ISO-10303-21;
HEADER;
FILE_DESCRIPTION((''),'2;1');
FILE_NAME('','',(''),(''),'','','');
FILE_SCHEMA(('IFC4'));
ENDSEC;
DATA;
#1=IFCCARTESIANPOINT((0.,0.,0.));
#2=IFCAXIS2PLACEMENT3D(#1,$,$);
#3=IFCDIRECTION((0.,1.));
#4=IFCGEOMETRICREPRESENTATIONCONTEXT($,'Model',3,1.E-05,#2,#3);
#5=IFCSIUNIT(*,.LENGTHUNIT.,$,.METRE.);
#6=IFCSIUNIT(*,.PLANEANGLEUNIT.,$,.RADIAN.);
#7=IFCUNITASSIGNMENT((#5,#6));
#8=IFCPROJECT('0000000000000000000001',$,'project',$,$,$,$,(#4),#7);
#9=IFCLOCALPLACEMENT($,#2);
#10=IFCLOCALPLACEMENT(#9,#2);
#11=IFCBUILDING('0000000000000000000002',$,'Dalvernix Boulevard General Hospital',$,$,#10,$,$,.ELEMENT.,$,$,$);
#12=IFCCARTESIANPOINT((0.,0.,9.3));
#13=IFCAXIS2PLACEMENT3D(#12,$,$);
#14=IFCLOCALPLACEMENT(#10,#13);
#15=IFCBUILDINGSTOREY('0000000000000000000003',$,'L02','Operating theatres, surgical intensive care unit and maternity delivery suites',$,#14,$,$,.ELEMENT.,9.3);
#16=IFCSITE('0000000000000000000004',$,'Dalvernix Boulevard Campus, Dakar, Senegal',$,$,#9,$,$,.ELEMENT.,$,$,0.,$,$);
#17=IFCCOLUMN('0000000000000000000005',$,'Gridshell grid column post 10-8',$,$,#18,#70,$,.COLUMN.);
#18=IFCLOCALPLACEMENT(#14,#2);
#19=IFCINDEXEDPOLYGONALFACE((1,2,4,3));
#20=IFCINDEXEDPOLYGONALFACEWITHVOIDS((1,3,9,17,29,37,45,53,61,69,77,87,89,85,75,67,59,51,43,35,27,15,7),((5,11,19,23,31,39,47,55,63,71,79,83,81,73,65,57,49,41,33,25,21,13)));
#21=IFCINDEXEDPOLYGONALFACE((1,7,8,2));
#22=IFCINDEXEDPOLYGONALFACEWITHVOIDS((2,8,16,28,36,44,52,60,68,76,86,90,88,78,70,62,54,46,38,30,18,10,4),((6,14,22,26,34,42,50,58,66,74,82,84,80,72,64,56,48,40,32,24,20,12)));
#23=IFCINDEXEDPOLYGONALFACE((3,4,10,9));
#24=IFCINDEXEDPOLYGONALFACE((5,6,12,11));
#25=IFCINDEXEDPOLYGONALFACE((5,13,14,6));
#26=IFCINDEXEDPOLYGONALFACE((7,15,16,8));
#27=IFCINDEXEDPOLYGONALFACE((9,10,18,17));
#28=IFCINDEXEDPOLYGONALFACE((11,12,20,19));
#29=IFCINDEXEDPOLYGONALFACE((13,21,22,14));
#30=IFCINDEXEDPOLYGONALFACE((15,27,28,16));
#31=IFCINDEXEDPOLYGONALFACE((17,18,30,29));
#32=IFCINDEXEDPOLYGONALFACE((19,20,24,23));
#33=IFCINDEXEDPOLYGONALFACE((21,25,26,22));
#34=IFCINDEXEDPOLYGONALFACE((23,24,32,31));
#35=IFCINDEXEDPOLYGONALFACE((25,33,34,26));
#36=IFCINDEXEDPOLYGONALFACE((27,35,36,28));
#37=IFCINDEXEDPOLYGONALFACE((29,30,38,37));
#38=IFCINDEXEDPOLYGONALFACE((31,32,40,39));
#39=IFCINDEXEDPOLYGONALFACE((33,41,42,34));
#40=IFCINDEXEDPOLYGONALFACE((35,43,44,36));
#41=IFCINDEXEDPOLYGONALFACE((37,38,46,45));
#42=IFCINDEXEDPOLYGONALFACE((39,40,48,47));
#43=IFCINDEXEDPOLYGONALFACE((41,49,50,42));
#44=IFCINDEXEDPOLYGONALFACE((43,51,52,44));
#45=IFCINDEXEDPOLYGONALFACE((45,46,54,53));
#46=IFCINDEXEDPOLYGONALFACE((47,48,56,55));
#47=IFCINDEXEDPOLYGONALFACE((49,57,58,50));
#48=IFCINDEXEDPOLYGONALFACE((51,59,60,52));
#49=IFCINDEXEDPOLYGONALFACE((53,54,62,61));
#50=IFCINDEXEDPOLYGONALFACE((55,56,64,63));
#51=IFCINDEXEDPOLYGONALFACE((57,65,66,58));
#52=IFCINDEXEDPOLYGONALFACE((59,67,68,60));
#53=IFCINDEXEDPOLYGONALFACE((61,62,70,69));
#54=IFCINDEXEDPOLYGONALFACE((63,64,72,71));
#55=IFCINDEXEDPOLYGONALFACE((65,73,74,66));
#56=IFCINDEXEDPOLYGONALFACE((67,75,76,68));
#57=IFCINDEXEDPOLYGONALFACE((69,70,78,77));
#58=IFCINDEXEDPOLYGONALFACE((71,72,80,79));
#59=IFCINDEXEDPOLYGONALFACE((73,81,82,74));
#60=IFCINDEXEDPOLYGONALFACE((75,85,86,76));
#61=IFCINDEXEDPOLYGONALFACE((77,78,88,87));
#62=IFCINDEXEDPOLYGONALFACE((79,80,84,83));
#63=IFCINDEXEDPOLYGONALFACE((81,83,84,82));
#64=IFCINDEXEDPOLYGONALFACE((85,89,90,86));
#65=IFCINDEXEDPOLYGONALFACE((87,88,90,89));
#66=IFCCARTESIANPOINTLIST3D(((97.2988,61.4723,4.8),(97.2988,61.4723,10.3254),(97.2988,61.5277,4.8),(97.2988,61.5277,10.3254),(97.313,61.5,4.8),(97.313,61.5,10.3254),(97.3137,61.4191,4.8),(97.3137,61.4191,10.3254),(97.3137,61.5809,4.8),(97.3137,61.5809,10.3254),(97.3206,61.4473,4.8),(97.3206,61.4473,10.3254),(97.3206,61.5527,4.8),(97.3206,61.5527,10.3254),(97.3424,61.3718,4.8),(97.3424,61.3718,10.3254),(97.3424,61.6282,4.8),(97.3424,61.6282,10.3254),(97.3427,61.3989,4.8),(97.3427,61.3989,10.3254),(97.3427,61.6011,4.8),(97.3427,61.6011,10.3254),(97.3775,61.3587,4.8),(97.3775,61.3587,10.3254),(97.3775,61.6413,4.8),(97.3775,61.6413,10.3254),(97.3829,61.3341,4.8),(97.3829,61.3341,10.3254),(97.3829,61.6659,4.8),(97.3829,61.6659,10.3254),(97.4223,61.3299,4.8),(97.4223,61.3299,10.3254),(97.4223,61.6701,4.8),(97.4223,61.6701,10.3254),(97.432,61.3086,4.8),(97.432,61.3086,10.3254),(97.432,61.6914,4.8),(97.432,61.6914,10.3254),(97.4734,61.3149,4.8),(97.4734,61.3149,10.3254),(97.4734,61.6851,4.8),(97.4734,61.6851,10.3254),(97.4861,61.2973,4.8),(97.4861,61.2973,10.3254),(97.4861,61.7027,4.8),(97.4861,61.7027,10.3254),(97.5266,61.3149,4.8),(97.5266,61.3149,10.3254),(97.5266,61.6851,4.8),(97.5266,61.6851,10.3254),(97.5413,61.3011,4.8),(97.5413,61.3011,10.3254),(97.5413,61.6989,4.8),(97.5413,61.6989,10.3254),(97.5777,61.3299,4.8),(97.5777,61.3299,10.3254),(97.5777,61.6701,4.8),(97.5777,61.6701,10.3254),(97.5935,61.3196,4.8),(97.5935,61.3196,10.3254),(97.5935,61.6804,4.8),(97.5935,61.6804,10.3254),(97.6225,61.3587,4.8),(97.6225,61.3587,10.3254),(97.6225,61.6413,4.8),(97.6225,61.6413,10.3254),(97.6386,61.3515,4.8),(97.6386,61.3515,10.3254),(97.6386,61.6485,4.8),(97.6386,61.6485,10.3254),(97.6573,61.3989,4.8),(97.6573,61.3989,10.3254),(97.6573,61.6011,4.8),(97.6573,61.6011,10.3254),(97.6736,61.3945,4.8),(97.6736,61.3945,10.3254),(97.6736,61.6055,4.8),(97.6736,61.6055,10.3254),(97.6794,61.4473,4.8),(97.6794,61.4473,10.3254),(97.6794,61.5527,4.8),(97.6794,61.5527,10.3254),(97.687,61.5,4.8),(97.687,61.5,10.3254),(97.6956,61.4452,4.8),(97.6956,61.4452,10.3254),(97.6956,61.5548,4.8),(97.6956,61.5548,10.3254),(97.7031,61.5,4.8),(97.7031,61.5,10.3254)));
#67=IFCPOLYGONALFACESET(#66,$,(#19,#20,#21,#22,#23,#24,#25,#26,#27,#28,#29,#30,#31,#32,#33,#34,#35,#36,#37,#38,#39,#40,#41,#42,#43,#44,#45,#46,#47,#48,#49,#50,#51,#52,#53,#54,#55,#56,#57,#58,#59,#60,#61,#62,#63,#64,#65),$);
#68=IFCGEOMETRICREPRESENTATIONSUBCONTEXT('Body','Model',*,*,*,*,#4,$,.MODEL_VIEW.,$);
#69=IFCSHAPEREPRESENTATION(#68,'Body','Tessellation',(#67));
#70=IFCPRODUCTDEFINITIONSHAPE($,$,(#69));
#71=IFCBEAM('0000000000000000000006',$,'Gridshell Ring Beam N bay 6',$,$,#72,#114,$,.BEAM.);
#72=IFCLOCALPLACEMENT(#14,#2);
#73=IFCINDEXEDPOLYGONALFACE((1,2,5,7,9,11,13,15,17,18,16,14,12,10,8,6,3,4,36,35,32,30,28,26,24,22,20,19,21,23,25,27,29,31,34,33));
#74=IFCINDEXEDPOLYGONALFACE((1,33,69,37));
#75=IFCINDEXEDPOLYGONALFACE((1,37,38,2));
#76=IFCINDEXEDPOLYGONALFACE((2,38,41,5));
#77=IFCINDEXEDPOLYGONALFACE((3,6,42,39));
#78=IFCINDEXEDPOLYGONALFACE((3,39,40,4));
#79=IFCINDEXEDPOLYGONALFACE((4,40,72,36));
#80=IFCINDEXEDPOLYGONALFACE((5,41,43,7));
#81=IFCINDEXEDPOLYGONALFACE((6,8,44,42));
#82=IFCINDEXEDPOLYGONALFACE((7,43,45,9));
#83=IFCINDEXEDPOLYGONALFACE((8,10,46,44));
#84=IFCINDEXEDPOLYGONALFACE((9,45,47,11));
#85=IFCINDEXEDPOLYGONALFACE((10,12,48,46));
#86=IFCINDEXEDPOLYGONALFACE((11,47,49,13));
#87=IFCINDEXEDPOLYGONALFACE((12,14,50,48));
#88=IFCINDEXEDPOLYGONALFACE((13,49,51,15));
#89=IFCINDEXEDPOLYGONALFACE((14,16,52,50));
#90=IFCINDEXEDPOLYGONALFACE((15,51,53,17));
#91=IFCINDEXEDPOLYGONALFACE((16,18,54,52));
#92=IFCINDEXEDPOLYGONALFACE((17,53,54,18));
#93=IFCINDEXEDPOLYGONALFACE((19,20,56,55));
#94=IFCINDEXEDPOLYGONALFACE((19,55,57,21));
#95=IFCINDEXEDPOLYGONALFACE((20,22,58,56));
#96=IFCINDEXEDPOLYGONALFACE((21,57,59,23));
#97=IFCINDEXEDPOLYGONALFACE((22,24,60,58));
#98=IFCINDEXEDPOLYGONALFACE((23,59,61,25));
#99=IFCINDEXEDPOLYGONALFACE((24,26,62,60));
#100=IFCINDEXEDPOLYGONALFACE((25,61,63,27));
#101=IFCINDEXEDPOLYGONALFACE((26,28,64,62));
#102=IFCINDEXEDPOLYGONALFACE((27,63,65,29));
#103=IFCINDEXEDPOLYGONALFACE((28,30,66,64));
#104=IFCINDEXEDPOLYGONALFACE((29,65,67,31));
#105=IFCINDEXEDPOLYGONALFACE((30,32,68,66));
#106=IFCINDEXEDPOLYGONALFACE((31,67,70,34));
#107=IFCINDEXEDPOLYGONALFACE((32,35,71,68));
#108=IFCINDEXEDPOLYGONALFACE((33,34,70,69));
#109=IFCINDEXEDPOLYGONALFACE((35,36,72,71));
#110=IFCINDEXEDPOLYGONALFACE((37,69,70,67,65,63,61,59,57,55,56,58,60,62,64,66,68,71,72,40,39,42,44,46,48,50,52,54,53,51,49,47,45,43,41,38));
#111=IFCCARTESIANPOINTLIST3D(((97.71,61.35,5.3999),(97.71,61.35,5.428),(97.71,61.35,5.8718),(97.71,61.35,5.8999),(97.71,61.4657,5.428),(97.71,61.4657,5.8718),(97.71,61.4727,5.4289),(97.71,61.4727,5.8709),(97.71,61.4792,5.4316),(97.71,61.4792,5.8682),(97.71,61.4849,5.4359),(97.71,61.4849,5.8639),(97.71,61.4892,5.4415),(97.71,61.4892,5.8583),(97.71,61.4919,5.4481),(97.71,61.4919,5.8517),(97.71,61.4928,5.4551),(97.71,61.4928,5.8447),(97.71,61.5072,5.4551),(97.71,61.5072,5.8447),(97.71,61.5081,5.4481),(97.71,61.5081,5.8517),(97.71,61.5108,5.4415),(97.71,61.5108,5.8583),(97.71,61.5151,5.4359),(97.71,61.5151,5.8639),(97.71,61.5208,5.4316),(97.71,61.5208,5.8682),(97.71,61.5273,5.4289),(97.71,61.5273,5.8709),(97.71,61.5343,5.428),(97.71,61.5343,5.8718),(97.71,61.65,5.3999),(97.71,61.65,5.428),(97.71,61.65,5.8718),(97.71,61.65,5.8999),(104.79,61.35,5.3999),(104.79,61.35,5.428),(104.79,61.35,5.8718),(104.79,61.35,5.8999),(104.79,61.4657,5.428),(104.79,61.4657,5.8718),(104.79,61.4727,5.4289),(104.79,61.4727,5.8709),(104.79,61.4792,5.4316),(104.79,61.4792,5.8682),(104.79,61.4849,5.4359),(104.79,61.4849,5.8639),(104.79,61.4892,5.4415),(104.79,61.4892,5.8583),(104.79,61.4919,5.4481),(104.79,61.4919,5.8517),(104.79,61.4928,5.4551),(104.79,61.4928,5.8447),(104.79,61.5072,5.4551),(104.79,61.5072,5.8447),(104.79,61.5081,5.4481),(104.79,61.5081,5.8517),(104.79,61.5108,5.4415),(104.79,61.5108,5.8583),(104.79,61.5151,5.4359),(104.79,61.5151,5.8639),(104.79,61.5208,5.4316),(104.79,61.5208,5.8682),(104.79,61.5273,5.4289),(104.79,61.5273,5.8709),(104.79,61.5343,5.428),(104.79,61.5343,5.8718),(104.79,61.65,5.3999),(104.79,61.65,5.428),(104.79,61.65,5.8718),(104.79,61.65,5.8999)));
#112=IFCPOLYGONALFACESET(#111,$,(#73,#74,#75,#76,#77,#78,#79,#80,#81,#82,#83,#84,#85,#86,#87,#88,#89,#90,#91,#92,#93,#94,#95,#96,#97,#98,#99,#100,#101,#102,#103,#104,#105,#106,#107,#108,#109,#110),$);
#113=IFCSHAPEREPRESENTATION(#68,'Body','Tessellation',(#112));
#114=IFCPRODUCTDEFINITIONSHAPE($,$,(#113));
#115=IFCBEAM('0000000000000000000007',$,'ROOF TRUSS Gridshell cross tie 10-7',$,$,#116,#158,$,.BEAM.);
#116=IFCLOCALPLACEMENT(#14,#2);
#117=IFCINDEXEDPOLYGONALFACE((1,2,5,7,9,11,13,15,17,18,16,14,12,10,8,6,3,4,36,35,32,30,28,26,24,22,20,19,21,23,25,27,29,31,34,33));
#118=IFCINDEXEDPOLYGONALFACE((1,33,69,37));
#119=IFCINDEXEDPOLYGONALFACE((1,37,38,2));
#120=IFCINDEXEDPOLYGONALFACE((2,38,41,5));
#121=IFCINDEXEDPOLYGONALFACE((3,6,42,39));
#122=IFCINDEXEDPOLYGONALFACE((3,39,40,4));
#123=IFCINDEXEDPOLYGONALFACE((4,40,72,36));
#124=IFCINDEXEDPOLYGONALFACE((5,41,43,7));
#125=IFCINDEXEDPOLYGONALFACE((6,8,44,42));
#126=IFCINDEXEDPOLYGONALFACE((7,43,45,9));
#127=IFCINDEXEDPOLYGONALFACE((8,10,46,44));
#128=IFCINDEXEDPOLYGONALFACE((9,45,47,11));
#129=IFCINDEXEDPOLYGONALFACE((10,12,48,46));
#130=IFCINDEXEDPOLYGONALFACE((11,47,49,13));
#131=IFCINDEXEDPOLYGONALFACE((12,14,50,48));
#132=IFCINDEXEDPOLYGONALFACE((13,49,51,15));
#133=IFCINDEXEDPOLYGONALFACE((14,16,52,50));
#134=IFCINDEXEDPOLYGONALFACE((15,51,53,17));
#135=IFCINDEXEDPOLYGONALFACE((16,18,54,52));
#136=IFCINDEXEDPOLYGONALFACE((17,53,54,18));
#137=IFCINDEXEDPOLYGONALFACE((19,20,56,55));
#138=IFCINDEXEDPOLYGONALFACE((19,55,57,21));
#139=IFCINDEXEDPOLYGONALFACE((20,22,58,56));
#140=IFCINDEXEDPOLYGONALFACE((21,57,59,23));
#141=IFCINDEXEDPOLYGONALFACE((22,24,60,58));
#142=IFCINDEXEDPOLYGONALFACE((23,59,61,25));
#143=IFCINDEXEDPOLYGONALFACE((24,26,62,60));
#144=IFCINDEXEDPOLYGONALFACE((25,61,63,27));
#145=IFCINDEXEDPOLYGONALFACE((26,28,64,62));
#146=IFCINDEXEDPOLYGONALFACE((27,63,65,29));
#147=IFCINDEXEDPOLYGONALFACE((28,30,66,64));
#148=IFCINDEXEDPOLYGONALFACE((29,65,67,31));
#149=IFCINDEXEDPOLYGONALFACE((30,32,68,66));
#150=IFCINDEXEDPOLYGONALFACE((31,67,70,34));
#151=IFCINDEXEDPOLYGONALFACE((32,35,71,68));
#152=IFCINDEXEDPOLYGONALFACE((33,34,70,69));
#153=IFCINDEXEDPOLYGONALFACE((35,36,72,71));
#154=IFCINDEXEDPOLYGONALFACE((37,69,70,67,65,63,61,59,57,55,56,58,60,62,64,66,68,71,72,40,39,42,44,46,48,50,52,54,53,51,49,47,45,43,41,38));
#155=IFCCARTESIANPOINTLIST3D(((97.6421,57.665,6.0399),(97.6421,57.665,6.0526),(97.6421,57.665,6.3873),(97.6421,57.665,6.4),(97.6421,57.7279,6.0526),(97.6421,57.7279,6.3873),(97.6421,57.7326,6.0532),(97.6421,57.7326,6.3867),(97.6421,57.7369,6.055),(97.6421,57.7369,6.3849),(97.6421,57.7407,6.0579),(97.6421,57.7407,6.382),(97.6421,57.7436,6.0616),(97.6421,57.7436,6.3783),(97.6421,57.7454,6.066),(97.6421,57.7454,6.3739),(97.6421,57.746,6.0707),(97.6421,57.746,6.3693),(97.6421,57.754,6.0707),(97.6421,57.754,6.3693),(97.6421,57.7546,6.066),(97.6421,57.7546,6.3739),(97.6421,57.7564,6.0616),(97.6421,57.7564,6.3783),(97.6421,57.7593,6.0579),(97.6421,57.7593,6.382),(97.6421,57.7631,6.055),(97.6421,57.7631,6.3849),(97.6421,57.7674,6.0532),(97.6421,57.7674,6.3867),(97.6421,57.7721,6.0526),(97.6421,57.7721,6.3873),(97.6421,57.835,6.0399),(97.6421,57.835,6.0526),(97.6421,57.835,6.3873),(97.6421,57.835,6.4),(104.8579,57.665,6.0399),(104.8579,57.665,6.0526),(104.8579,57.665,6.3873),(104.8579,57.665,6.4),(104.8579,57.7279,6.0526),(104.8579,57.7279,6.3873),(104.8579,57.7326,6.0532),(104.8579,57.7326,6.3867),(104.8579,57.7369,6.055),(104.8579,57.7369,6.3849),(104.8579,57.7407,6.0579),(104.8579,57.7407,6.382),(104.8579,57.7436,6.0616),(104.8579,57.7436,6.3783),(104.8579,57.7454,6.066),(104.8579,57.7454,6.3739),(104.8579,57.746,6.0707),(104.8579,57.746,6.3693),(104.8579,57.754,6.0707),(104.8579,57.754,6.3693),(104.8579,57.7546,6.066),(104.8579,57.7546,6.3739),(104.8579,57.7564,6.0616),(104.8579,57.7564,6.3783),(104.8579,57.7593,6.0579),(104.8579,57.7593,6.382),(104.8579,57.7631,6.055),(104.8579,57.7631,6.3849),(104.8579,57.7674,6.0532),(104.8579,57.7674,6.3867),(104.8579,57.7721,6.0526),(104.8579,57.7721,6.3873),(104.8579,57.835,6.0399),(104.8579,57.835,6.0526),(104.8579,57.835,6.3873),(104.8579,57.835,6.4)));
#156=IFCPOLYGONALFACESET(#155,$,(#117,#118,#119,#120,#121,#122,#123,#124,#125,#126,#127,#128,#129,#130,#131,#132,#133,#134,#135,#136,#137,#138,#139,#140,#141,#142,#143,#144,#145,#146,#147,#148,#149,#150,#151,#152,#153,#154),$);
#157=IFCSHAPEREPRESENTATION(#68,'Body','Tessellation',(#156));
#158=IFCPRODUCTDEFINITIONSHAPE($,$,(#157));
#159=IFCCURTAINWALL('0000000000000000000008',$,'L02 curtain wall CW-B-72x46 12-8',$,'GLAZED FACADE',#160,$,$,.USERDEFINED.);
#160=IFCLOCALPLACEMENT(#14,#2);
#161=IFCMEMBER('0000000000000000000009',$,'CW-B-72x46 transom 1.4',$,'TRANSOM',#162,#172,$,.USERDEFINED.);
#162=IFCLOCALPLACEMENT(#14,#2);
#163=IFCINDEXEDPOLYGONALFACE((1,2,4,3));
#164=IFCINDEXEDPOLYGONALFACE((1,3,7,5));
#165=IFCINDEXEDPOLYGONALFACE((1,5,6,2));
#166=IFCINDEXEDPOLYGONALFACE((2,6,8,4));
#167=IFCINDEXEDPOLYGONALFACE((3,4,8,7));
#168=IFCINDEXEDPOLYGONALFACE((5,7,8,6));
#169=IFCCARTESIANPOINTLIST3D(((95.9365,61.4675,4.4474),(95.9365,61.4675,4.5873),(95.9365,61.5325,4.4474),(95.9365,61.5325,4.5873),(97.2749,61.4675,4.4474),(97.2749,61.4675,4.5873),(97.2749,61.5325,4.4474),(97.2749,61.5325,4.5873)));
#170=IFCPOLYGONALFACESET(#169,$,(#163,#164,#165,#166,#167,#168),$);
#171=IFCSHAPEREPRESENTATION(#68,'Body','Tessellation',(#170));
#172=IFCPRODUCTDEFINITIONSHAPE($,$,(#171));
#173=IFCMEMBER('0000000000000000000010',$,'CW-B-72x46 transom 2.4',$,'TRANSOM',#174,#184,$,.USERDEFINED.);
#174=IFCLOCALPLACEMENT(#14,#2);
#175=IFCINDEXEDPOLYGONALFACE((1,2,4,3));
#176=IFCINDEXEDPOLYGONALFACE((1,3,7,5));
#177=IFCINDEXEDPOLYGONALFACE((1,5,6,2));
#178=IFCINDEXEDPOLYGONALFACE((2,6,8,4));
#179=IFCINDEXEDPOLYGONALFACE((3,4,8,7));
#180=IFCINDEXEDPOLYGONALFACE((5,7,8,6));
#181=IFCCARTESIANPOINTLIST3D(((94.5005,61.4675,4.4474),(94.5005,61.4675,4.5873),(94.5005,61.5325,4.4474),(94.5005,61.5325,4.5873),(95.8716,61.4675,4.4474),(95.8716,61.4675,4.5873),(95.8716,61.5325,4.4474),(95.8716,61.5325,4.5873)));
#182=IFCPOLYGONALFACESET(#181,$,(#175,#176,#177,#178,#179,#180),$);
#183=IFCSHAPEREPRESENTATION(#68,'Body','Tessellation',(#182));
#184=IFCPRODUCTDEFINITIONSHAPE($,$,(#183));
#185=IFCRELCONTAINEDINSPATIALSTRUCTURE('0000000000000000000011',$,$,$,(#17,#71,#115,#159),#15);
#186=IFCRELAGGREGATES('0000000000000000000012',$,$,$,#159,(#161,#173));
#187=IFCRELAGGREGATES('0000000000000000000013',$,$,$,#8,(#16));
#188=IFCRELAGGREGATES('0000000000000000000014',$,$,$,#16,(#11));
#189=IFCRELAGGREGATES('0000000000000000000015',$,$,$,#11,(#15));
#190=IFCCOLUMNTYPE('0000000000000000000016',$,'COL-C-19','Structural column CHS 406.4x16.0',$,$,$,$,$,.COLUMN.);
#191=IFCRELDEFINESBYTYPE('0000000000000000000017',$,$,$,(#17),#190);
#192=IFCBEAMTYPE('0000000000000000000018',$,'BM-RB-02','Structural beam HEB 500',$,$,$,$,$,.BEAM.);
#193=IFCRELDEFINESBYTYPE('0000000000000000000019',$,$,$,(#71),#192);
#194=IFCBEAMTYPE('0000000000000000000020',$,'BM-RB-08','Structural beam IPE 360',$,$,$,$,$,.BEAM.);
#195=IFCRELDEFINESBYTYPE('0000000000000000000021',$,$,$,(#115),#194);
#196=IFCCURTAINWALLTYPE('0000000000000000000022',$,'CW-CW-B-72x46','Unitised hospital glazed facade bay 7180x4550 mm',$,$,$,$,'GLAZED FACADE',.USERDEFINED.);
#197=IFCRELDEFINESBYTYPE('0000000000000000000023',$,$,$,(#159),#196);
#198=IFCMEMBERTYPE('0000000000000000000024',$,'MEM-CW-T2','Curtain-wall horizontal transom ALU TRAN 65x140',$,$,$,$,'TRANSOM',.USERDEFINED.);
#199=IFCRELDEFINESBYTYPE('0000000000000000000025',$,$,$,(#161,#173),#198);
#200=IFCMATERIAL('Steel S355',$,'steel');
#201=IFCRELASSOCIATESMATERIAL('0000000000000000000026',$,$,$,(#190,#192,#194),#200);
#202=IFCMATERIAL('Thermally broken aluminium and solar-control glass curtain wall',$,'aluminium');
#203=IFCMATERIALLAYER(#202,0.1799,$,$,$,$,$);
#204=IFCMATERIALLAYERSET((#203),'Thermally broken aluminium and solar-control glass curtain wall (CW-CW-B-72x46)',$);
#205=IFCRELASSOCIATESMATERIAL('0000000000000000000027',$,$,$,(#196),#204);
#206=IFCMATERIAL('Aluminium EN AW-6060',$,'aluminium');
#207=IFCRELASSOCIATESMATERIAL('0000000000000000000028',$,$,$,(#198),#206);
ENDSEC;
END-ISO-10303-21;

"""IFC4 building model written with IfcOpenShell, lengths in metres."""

from ifc_helpers import new_model, si_unit, direction, frame, origin, origin_2d, place, context, subcontext, project, spatial, rectangle, hollow_circle, i_section, extrude, material, layer, layer_set, material_profile, profile_set, type_object, element, aggregate, save


model = new_model("IFC4")

# Units and contexts
model_context = context("Model", 3, precision=1e-05, world=origin(), true_north=direction((0.0, 1.0)))
body_context = subcontext(model_context, "Body", "Model", "MODEL_VIEW")
ifc_project = project(units=[si_unit("LENGTHUNIT", "METRE"), si_unit("PLANEANGLEUNIT", "RADIAN")], contexts=[model_context])

# Site, building, storey
site_placement = place(None, origin())
site = spatial("IfcSite", under=ifc_project, at=site_placement, Name="Dalvernix Boulevard Campus, Dakar, Senegal", CompositionType="ELEMENT", RefElevation=0.0)
building_placement = place(site_placement, origin())
building = spatial("IfcBuilding", under=site, at=building_placement, Name="Dalvernix Boulevard General Hospital", CompositionType="ELEMENT")
storey_placement = place(building_placement, frame((0.0, 0.0, 9.3)))
storey = spatial("IfcBuildingStorey", under=building, at=storey_placement, Name="L02", Description="Operating theatres, surgical intensive care unit and maternity delivery suites", CompositionType="ELEMENT", Elevation=9.3)

# Column
ifc_material_1 = material(Name="Steel S355", Category="steel")
ifc_material_profile_1 = material_profile(ifc_material_1, hollow_circle(Radius=0.2031, WallThickness=0.0161, at=origin_2d()), Name="CHS 406.4x16.0")
ifc_profile_set_1 = profile_set([ifc_material_profile_1], Name="Steel S355")
column_type = type_object("IfcColumnType", Name="COL-C-19", Description="Structural column CHS 406.4x16.0", PredefinedType="COLUMN", material=ifc_profile_set_1)
column_placement = place(storey_placement, frame((97.5, 61.5, 4.8), z_axis=(0.0, 0.0, 1.0), x_axis=(1.0, 0.0, 0.0)))
element("IfcColumn", 1, at=column_placement, inside=storey, type_object=column_type, Name="Gridshell grid column post 10-8", PredefinedType="COLUMN", context=body_context, shape_type="SweptSolid", body=[
    extrude(hollow_circle(Radius=0.2031, WallThickness=0.0161, at=origin_2d()), origin(), (0.0, 0.0, 1.0), 5.5254),
])

# Beams
ifc_material_profile_2 = material_profile(ifc_material_1, i_section(OverallWidth=0.3, OverallDepth=0.5, WebThickness=0.0144, FlangeThickness=0.0281, FilletRadius=0.0271, at=origin_2d()), Name="HEB 500")
ifc_profile_set_2 = profile_set([ifc_material_profile_2], Name="Steel S355")
beam_type_1 = type_object("IfcBeamType", Name="BM-RB-02", Description="Structural beam HEB 500", PredefinedType="BEAM", material=ifc_profile_set_2)
beam_1_placement = place(storey_placement, frame((97.71, 61.5, 5.6499), z_axis=(1.0, 0.0, 0.0), x_axis=(0.0, 1.0, 0.0)))
element("IfcBeam", 2, at=beam_1_placement, inside=storey, type_object=beam_type_1, Name="Gridshell Ring Beam N bay 6", PredefinedType="BEAM", context=body_context, shape_type="SweptSolid", body=[
    extrude(i_section(OverallWidth=0.3, OverallDepth=0.5, WebThickness=0.0144, FlangeThickness=0.0281, FilletRadius=0.0271, at=origin_2d()), origin(), (0.0, 0.0, 1.0), 7.0801),
])
ifc_material_profile_3 = material_profile(ifc_material_1, i_section(OverallWidth=0.1699, OverallDepth=0.3601, WebThickness=0.0081, FlangeThickness=0.0127, FilletRadius=0.0181, at=origin_2d()), Name="IPE 360")
ifc_profile_set_3 = profile_set([ifc_material_profile_3], Name="Steel S355")
beam_type_2 = type_object("IfcBeamType", Name="BM-RB-08", Description="Structural beam IPE 360", PredefinedType="BEAM", material=ifc_profile_set_3)
beam_2_placement = place(storey_placement, frame((97.6421, 57.75, 6.22), z_axis=(1.0, 0.0, 0.0), x_axis=(0.0, 1.0, 0.0)))
element("IfcBeam", 3, at=beam_2_placement, inside=storey, type_object=beam_type_2, Name="ROOF TRUSS Gridshell cross tie 10-7", PredefinedType="BEAM", context=body_context, shape_type="SweptSolid", body=[
    extrude(i_section(OverallWidth=0.1699, OverallDepth=0.3601, WebThickness=0.0081, FlangeThickness=0.0127, FilletRadius=0.0181, at=origin_2d()), origin(), (0.0, 0.0, 1.0), 7.2158),
])

# Curtain wall, members
ifc_material_2 = material(Name="Thermally broken aluminium and solar-control glass curtain wall", Category="aluminium")
ifc_layer_1 = layer(ifc_material_2, 0.1799)
ifc_layer_set_1 = layer_set([ifc_layer_1], Name="Thermally broken aluminium and solar-control glass curtain wall (CW-CW-B-72x46)")
curtain_wall_type = type_object("IfcCurtainWallType", Name="CW-CW-B-72x46", Description="Unitised hospital glazed facade bay 7180x4550 mm", ElementType="GLAZED FACADE", PredefinedType="USERDEFINED", material=ifc_layer_set_1)
curtain_wall_placement = place(storey_placement, origin())
curtain_wall = element("IfcCurtainWall", 4, at=curtain_wall_placement, inside=storey, type_object=curtain_wall_type, Name="L02 curtain wall CW-B-72x46 12-8", ObjectType="GLAZED FACADE", PredefinedType="USERDEFINED")
ifc_material_3 = material(Name="Aluminium EN AW-6060", Category="aluminium")
ifc_material_profile_4 = material_profile(ifc_material_3, rectangle(XDim=0.0649, YDim=0.1399, at=origin_2d()), Name="ALU TRAN 65x140")
ifc_profile_set_4 = profile_set([ifc_material_profile_4], Name="Aluminium EN AW-6060")
member_type_1 = type_object("IfcMemberType", Name="MEM-CW-T2", Description="Curtain-wall horizontal transom ALU TRAN 65x140", ElementType="TRANSOM", PredefinedType="USERDEFINED", material=ifc_profile_set_4)
member_1_placement = place(storey_placement, frame((97.2749, 61.5, 4.5173), z_axis=(-1.0, 0.0, 0.0), x_axis=(0.0, -1.0, 0.0)))
member_1 = element("IfcMember", 5, at=member_1_placement, type_object=member_type_1, Name="CW-B-72x46 transom 1.4", ObjectType="TRANSOM", PredefinedType="USERDEFINED", context=body_context, shape_type="SweptSolid", body=[
    extrude(rectangle(XDim=0.0649, YDim=0.1399, at=origin_2d()), origin(), (0.0, 0.0, 1.0), 1.3384),
])
member_2_placement = place(storey_placement, frame((95.8716, 61.5, 4.5173), z_axis=(-1.0, 0.0, 0.0), x_axis=(0.0, -1.0, 0.0)))
member_2 = element("IfcMember", 6, at=member_2_placement, type_object=member_type_1, Name="CW-B-72x46 transom 2.4", ObjectType="TRANSOM", PredefinedType="USERDEFINED", context=body_context, shape_type="SweptSolid", body=[
    extrude(rectangle(XDim=0.0649, YDim=0.1399, at=origin_2d()), origin(), (0.0, 0.0, 1.0), 1.3711),
])
aggregate(curtain_wall, [member_1, member_2])

save(model, "model.ifc")
